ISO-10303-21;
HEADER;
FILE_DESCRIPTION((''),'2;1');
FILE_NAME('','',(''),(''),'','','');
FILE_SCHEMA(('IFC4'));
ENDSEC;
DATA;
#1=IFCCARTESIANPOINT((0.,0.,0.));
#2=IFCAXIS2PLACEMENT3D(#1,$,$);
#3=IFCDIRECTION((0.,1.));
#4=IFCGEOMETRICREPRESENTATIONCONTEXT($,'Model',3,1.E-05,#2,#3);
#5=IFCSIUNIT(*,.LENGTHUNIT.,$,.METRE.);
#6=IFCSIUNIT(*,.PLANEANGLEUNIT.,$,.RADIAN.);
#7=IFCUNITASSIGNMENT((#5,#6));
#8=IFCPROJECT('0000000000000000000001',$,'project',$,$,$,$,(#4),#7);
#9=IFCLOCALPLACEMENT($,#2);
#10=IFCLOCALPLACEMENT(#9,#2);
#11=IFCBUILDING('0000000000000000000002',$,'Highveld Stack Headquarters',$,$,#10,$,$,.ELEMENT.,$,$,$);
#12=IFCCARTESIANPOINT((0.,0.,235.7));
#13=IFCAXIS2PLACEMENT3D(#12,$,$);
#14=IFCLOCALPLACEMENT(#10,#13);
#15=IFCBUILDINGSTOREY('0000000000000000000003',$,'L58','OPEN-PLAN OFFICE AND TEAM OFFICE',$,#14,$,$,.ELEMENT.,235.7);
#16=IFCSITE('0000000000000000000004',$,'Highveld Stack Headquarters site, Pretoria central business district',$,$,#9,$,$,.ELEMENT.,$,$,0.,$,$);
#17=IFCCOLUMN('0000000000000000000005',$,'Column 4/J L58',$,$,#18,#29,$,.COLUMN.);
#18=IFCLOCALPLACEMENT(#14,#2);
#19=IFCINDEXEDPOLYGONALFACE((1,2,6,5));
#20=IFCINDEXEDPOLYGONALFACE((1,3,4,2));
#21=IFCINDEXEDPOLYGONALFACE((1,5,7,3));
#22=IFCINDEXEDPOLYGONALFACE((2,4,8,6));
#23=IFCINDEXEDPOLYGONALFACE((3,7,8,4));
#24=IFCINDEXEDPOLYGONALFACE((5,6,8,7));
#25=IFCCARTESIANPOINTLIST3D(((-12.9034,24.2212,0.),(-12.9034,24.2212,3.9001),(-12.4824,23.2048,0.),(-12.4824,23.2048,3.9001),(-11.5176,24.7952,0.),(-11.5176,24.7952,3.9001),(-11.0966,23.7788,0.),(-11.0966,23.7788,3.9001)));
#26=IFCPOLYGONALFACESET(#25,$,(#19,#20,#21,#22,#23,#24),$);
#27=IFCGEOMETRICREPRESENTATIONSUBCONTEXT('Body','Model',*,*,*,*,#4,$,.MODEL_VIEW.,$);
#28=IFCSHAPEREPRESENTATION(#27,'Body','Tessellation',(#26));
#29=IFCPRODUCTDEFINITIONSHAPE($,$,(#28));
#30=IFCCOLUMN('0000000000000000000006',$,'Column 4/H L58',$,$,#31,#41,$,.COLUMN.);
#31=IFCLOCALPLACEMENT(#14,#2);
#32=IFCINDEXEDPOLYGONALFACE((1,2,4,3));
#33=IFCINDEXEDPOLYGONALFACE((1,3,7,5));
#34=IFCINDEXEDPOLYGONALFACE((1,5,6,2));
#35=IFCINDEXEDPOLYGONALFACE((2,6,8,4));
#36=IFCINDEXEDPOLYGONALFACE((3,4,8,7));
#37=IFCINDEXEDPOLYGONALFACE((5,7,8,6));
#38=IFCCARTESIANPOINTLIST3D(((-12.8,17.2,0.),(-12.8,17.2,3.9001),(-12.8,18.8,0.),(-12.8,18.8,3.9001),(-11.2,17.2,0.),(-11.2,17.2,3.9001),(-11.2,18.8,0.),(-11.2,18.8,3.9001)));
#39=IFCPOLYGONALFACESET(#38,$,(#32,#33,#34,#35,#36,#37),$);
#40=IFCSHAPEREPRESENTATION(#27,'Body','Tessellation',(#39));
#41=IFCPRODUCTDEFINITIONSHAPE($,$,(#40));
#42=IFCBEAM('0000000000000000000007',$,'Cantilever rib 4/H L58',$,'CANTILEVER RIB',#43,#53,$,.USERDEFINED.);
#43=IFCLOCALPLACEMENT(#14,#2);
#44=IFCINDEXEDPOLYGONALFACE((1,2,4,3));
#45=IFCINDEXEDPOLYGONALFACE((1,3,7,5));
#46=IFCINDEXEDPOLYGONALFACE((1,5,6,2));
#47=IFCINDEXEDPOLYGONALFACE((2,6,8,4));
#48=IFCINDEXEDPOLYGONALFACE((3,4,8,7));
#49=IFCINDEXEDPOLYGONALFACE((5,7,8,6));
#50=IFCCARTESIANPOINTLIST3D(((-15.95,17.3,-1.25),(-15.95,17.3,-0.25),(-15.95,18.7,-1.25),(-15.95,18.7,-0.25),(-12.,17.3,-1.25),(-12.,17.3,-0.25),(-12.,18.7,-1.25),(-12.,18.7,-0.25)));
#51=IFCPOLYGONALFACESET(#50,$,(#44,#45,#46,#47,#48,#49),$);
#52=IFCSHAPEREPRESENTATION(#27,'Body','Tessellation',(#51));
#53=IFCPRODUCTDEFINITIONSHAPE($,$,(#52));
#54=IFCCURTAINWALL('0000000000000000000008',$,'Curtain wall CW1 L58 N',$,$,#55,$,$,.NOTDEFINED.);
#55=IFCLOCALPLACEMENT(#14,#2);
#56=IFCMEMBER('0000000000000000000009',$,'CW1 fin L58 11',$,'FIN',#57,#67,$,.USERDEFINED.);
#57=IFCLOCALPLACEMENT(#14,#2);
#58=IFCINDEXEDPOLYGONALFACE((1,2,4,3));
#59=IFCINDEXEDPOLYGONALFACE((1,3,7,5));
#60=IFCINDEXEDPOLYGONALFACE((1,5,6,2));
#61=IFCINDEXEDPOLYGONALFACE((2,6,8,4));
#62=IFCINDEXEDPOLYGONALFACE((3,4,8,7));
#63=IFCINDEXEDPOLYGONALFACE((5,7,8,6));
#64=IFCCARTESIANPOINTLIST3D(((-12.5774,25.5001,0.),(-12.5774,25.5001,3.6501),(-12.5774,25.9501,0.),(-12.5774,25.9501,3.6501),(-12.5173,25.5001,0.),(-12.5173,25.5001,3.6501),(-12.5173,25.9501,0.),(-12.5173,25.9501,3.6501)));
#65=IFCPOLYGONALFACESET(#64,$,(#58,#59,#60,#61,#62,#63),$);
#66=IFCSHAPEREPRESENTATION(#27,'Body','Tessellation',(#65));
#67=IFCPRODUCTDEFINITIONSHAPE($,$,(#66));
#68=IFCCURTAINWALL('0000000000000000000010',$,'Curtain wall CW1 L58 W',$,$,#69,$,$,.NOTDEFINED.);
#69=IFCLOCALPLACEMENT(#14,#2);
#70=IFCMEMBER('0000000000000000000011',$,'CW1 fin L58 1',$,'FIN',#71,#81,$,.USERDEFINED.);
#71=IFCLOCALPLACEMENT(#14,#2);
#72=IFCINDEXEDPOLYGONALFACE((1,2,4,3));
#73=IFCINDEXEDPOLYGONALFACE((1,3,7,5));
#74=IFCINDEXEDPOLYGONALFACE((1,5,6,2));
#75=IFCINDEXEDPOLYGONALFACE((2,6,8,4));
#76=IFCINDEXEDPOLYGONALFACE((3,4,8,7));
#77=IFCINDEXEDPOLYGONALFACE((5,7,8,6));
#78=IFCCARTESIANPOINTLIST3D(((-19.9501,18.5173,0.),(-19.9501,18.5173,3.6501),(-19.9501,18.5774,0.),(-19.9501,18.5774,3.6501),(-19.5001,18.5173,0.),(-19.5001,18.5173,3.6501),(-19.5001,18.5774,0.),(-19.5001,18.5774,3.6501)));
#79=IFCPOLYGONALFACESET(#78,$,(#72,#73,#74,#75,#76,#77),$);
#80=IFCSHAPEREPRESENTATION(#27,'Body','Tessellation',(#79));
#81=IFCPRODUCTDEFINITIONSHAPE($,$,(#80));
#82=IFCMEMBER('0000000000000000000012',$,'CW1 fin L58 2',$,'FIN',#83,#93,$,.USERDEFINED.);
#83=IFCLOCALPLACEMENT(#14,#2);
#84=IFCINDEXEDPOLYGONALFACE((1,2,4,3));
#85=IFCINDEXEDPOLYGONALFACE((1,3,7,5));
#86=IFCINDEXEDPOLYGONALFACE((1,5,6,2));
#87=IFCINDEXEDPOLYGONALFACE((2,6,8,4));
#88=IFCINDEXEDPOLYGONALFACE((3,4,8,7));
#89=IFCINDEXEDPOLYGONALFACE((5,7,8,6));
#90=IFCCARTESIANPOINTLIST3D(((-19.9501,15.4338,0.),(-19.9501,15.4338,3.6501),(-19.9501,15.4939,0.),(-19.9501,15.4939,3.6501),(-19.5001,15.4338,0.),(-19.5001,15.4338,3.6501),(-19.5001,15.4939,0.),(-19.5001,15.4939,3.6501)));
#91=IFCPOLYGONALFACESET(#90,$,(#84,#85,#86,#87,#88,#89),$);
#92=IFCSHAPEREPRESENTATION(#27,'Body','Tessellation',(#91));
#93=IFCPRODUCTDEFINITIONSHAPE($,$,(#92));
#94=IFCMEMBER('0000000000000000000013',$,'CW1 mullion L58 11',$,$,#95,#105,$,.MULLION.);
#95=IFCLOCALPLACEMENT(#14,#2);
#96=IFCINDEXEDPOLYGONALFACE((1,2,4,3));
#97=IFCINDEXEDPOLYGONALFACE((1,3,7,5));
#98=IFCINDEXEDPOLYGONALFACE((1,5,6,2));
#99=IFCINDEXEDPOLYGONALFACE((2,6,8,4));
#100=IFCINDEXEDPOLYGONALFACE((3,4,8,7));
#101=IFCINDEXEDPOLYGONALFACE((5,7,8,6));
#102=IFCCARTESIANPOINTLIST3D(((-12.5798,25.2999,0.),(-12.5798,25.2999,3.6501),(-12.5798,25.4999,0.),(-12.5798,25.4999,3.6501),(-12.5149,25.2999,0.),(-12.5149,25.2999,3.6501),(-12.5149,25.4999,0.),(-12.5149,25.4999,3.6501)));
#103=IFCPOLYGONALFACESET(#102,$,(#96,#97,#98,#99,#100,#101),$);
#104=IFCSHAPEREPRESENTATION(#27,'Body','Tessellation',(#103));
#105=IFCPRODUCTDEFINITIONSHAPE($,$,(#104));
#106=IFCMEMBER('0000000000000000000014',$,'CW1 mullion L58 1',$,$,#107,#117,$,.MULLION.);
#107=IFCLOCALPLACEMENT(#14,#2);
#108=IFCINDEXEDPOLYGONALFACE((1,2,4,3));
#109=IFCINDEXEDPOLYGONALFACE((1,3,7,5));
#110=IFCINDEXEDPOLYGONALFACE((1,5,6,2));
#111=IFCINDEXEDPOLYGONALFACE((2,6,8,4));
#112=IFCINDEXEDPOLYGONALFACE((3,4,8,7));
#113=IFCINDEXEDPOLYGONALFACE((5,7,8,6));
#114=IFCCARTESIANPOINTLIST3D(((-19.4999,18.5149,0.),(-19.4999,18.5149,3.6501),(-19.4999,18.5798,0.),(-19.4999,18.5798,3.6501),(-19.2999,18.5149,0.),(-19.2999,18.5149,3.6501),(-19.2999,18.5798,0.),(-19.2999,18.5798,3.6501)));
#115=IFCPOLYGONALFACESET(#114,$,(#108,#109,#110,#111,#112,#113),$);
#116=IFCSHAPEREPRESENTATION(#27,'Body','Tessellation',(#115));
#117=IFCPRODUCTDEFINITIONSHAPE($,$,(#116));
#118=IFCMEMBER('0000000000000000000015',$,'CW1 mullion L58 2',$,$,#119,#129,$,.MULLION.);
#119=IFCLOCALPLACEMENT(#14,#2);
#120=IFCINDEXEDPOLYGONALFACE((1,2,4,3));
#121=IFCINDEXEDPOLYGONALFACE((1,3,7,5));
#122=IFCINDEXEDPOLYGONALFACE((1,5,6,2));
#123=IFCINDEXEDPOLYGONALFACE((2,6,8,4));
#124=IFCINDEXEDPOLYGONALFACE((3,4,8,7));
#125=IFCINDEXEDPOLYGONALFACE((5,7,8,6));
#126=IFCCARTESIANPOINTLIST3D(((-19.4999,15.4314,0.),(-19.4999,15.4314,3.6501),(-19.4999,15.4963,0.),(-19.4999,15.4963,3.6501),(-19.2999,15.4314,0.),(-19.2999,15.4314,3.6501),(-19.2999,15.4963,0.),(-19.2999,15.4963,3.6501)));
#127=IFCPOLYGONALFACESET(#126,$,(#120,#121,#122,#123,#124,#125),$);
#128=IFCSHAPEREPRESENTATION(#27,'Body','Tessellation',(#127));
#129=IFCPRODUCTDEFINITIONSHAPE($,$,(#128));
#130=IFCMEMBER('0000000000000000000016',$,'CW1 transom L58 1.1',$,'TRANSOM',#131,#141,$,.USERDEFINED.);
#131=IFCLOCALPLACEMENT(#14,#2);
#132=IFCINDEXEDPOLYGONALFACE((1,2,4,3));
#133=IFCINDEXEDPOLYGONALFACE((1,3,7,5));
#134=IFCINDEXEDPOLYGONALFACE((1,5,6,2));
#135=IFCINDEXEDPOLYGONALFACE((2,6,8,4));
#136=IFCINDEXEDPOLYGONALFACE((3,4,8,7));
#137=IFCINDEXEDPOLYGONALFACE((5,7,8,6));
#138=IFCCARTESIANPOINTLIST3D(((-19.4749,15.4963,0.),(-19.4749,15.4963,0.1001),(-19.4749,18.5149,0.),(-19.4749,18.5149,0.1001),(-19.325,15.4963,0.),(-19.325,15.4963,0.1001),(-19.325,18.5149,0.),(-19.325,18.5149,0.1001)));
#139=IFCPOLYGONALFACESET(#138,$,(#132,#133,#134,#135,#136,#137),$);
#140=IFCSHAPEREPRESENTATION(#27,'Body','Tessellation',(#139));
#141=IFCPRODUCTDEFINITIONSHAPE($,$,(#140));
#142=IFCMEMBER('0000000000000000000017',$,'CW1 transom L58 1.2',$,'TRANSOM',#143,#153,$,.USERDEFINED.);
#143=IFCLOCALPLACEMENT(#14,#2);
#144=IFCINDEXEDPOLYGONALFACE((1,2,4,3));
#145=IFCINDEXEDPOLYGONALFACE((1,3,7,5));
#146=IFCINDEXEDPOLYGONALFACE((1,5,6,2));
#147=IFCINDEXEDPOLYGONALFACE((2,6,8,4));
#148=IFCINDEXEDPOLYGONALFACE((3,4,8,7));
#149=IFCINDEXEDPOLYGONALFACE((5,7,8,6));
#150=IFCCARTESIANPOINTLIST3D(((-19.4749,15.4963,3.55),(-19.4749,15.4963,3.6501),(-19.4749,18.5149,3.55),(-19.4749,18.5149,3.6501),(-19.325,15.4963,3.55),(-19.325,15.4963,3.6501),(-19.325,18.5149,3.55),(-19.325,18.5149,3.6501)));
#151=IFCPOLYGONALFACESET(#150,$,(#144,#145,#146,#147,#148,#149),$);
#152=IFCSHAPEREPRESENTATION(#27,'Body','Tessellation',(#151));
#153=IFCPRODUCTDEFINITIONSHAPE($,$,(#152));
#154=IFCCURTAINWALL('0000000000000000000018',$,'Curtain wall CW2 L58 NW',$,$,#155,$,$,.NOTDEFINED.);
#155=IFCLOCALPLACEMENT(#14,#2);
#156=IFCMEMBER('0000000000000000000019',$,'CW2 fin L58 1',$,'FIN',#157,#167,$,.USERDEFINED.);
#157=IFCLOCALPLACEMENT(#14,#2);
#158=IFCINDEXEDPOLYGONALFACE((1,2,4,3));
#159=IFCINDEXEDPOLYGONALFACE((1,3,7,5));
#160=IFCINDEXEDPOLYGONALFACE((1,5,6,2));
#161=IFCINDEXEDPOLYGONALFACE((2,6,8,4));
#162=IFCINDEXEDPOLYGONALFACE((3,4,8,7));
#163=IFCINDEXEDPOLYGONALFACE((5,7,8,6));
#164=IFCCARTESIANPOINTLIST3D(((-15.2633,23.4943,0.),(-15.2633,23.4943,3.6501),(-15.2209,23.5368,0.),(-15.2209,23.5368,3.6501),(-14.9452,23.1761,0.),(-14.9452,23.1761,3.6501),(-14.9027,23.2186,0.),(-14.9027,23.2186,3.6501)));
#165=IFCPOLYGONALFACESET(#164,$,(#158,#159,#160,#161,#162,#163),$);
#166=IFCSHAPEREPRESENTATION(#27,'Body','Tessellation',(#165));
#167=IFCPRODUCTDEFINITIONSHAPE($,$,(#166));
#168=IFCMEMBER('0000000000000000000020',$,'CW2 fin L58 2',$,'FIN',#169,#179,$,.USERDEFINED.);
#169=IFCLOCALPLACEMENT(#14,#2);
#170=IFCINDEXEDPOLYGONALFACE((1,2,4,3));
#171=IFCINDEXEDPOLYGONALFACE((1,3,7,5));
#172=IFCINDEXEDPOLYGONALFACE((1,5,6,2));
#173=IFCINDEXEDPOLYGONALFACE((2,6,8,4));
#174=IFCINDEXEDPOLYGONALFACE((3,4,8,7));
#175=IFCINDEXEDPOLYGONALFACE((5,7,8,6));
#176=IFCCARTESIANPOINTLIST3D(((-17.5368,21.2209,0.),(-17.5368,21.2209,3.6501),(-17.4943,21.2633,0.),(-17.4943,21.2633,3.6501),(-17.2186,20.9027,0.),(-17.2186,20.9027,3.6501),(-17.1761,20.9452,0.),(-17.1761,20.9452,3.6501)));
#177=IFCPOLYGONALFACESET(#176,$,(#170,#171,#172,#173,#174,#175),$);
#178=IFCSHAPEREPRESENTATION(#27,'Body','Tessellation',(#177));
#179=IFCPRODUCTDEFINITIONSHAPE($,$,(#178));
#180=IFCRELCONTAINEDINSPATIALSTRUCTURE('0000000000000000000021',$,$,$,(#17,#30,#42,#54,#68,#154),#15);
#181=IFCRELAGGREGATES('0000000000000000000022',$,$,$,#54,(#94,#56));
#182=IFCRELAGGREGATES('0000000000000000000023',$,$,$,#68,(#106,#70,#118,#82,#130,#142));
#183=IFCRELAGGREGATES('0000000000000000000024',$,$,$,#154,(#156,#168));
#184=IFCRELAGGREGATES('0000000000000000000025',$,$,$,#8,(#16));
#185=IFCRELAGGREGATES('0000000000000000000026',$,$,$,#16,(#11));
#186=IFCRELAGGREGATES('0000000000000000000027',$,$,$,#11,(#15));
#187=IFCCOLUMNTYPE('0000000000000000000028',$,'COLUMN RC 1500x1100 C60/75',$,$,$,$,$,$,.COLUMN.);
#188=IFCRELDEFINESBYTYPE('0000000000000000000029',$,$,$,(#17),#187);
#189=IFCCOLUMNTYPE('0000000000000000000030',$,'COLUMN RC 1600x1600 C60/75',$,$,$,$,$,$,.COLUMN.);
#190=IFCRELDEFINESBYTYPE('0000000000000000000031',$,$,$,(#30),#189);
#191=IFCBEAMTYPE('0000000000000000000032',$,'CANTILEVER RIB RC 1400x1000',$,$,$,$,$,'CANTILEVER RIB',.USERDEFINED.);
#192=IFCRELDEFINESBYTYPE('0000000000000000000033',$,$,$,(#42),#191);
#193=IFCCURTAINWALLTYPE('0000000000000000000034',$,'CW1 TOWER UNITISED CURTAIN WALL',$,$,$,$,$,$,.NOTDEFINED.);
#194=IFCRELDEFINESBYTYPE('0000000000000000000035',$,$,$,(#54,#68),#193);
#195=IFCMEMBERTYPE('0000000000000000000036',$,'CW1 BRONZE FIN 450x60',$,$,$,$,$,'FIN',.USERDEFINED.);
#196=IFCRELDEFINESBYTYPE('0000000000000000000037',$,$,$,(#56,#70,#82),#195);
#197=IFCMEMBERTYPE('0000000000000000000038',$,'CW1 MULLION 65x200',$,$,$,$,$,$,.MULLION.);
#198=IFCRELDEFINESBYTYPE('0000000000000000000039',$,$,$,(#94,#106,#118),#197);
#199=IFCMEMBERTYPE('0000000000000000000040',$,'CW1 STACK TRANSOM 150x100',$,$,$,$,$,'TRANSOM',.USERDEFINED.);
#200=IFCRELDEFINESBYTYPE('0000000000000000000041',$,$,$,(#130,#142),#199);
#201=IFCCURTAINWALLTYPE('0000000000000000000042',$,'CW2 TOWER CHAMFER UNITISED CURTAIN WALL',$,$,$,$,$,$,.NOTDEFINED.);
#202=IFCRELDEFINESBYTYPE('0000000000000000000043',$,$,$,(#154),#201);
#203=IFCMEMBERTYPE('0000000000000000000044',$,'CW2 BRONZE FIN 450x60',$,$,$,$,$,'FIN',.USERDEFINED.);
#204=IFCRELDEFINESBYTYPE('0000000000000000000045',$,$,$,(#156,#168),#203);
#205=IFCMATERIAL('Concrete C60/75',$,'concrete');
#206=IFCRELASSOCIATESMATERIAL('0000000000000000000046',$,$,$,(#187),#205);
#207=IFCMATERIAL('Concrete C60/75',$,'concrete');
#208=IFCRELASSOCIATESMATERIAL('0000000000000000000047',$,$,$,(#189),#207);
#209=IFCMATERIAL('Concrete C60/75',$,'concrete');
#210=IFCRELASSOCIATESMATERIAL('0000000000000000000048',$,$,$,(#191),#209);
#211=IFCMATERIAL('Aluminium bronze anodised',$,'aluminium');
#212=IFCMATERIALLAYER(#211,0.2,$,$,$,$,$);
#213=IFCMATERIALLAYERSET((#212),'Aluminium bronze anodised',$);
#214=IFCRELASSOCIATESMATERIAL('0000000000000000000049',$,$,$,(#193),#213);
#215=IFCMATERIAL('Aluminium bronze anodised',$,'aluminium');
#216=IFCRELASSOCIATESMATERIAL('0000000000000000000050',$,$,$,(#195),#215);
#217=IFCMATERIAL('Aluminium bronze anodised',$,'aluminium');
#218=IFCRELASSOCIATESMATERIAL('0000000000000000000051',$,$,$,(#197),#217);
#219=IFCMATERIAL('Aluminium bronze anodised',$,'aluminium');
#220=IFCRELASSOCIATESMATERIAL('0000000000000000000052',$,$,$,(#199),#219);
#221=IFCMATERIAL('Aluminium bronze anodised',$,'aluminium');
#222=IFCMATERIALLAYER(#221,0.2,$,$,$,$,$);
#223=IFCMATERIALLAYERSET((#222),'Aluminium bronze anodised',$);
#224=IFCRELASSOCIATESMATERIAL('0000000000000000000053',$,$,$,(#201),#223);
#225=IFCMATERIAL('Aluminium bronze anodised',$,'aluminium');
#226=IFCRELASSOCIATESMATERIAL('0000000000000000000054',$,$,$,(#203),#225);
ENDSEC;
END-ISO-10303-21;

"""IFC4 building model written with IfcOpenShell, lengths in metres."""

from ifc_helpers import new_model, si_unit, direction, frame, origin, origin_2d, place, context, subcontext, project, spatial, rectangle, extrude, material, layer, layer_set, material_profile, profile_set, type_object, element, aggregate, save


model = new_model("IFC4")

# Units and contexts
model_context = context("Model", 3, precision=1e-05, world=origin(), true_north=direction((0.0, 1.0)))
body_context = subcontext(model_context, "Body", "Model", "MODEL_VIEW")
ifc_project = project(units=[si_unit("LENGTHUNIT", "METRE"), si_unit("PLANEANGLEUNIT", "RADIAN")], contexts=[model_context])

# Site, building, storey
site_placement = place(None, origin())
site = spatial("IfcSite", under=ifc_project, at=site_placement, Name="Highveld Stack Headquarters site, Pretoria central business district", CompositionType="ELEMENT", RefElevation=0.0)
building_placement = place(site_placement, origin())
building = spatial("IfcBuilding", under=site, at=building_placement, Name="Highveld Stack Headquarters", CompositionType="ELEMENT")
storey_placement = place(building_placement, frame((0.0, 0.0, 235.7)))
storey = spatial("IfcBuildingStorey", under=building, at=storey_placement, Name="L58", Description="OPEN-PLAN OFFICE AND TEAM OFFICE", CompositionType="ELEMENT", Elevation=235.7)

# Columns
ifc_material_1 = material(Name="Concrete C60/75", Category="concrete")
ifc_material_profile_1 = material_profile(ifc_material_1, rectangle(XDim=1.5, YDim=1.1001, at=origin_2d()), Name="RC 1500x1100")
ifc_profile_set_1 = profile_set([ifc_material_profile_1], Name="Concrete C60/75")
column_type_1 = type_object("IfcColumnType", Name="COLUMN RC 1500x1100 C60/75", PredefinedType="COLUMN", material=ifc_profile_set_1)
column_1_placement = place(storey_placement, frame((-12.0, 24.0, 0.0), z_axis=(0.0, 0.0, 1.0), x_axis=(0.92388, 0.382683, 0.0)))
element("IfcColumn", 1, at=column_1_placement, inside=storey, type_object=column_type_1, Name="Column 4/J L58", PredefinedType="COLUMN", context=body_context, shape_type="SweptSolid", body=[
    extrude(rectangle(XDim=1.5, YDim=1.1001, at=origin_2d()), origin(), (0.0, 0.0, 1.0), 3.9001),
])
ifc_material_2 = material(Name="Concrete C60/75", Category="concrete")
ifc_material_profile_2 = material_profile(ifc_material_2, rectangle(XDim=1.6001, YDim=1.6001, at=origin_2d()), Name="RC 1600x1600")
ifc_profile_set_2 = profile_set([ifc_material_profile_2], Name="Concrete C60/75")
column_type_2 = type_object("IfcColumnType", Name="COLUMN RC 1600x1600 C60/75", PredefinedType="COLUMN", material=ifc_profile_set_2)
column_2_placement = place(storey_placement, frame((-12.0, 18.0, 0.0), z_axis=(0.0, 0.0, 1.0), x_axis=(1.0, 0.0, 0.0)))
element("IfcColumn", 2, at=column_2_placement, inside=storey, type_object=column_type_2, Name="Column 4/H L58", PredefinedType="COLUMN", context=body_context, shape_type="SweptSolid", body=[
    extrude(rectangle(XDim=1.6001, YDim=1.6001, at=origin_2d()), origin(), (0.0, 0.0, 1.0), 3.9001),
])

# Beam
ifc_material_3 = material(Name="Concrete C60/75", Category="concrete")
ifc_material_profile_3 = material_profile(ifc_material_3, rectangle(XDim=1.3999, YDim=1.0, at=origin_2d()), Name="RC 1400x1000")
ifc_profile_set_3 = profile_set([ifc_material_profile_3], Name="Concrete C60/75")
beam_type = type_object("IfcBeamType", Name="CANTILEVER RIB RC 1400x1000", ElementType="CANTILEVER RIB", PredefinedType="USERDEFINED", material=ifc_profile_set_3)
beam_placement = place(storey_placement, frame((-12.0, 18.0, -0.75), z_axis=(-1.0, 0.0, 0.0), x_axis=(0.0, -1.0, 0.0)))
element("IfcBeam", 3, at=beam_placement, inside=storey, type_object=beam_type, Name="Cantilever rib 4/H L58", ObjectType="CANTILEVER RIB", PredefinedType="USERDEFINED", context=body_context, shape_type="SweptSolid", body=[
    extrude(rectangle(XDim=1.3999, YDim=1.0, at=origin_2d()), origin(), (0.0, 0.0, 1.0), 3.95),
])

# Curtain wall, member
ifc_material_4 = material(Name="Aluminium bronze anodised", Category="aluminium")
ifc_layer_1 = layer(ifc_material_4, 0.2)
ifc_layer_set_1 = layer_set([ifc_layer_1], Name="Aluminium bronze anodised")
curtain_wall_type_1 = type_object("IfcCurtainWallType", Name="CW1 TOWER UNITISED CURTAIN WALL", PredefinedType="NOTDEFINED", material=ifc_layer_set_1)
curtain_wall_1_placement = place(storey_placement, origin())
curtain_wall_1 = element("IfcCurtainWall", 4, at=curtain_wall_1_placement, inside=storey, type_object=curtain_wall_type_1, Name="Curtain wall CW1 L58 N", PredefinedType="NOTDEFINED")
ifc_material_5 = material(Name="Aluminium bronze anodised", Category="aluminium")
ifc_material_profile_4 = material_profile(ifc_material_5, rectangle(XDim=0.45, YDim=0.0601, at=origin_2d()), Name="FIN 450x60")
ifc_profile_set_4 = profile_set([ifc_material_profile_4], Name="Aluminium bronze anodised")
member_type_1 = type_object("IfcMemberType", Name="CW1 BRONZE FIN 450x60", ElementType="FIN", PredefinedType="USERDEFINED", material=ifc_profile_set_4)
member_1_placement = place(storey_placement, frame((-12.5474, 25.7251, 0.0), z_axis=(0.0, 0.0, 1.0), x_axis=(0.0, -1.0, 0.0)))
member_1 = element("IfcMember", 5, at=member_1_placement, type_object=member_type_1, Name="CW1 fin L58 11", ObjectType="FIN", PredefinedType="USERDEFINED", context=body_context, shape_type="SweptSolid", body=[
    extrude(rectangle(XDim=0.45, YDim=0.0601, at=origin_2d()), origin(), (0.0, 0.0, 1.0), 3.6501),
])

# Curtain wall, members
curtain_wall_2_placement = place(storey_placement, origin())
curtain_wall_2 = element("IfcCurtainWall", 6, at=curtain_wall_2_placement, inside=storey, type_object=curtain_wall_type_1, Name="Curtain wall CW1 L58 W", PredefinedType="NOTDEFINED")
member_2_placement = place(storey_placement, frame((-19.7251, 18.5474, 0.0), z_axis=(0.0, 0.0, 1.0), x_axis=(1.0, 0.0, 0.0)))
member_2 = element("IfcMember", 7, at=member_2_placement, type_object=member_type_1, Name="CW1 fin L58 1", ObjectType="FIN", PredefinedType="USERDEFINED", context=body_context, shape_type="SweptSolid", body=[
    extrude(rectangle(XDim=0.45, YDim=0.0601, at=origin_2d()), origin(), (0.0, 0.0, 1.0), 3.6501),
])
member_3_placement = place(storey_placement, frame((-19.7251, 15.4639, 0.0), z_axis=(0.0, 0.0, 1.0), x_axis=(1.0, 0.0, 0.0)))
member_3 = element("IfcMember", 8, at=member_3_placement, type_object=member_type_1, Name="CW1 fin L58 2", ObjectType="FIN", PredefinedType="USERDEFINED", context=body_context, shape_type="SweptSolid", body=[
    extrude(rectangle(XDim=0.45, YDim=0.0601, at=origin_2d()), origin(), (0.0, 0.0, 1.0), 3.6501),
])

# Members
ifc_material_6 = material(Name="Aluminium bronze anodised", Category="aluminium")
ifc_material_profile_5 = material_profile(ifc_material_6, rectangle(XDim=0.2, YDim=0.0649, at=origin_2d()), Name="CW1 MULLION 65x200")
ifc_profile_set_5 = profile_set([ifc_material_profile_5], Name="Aluminium bronze anodised")
member_type_2 = type_object("IfcMemberType", Name="CW1 MULLION 65x200", PredefinedType="MULLION", material=ifc_profile_set_5)
member_4_placement = place(storey_placement, frame((-12.5474, 25.3999, 0.0), z_axis=(0.0, 0.0, 1.0), x_axis=(0.0, -1.0, 0.0)))
member_4 = element("IfcMember", 9, at=member_4_placement, type_object=member_type_2, Name="CW1 mullion L58 11", PredefinedType="MULLION", context=body_context, shape_type="SweptSolid", body=[
    extrude(rectangle(XDim=0.2, YDim=0.0649, at=origin_2d()), origin(), (0.0, 0.0, 1.0), 3.6501),
])
aggregate(curtain_wall_1, [member_4, member_1])
member_5_placement = place(storey_placement, frame((-19.3999, 18.5474, 0.0), z_axis=(0.0, 0.0, 1.0), x_axis=(1.0, 0.0, 0.0)))
member_5 = element("IfcMember", 10, at=member_5_placement, type_object=member_type_2, Name="CW1 mullion L58 1", PredefinedType="MULLION", context=body_context, shape_type="SweptSolid", body=[
    extrude(rectangle(XDim=0.2, YDim=0.0649, at=origin_2d()), origin(), (0.0, 0.0, 1.0), 3.6501),
])
member_6_placement = place(storey_placement, frame((-19.3999, 15.4639, 0.0), z_axis=(0.0, 0.0, 1.0), x_axis=(1.0, 0.0, 0.0)))
member_6 = element("IfcMember", 11, at=member_6_placement, type_object=member_type_2, Name="CW1 mullion L58 2", PredefinedType="MULLION", context=body_context, shape_type="SweptSolid", body=[
    extrude(rectangle(XDim=0.2, YDim=0.0649, at=origin_2d()), origin(), (0.0, 0.0, 1.0), 3.6501),
])
ifc_material_7 = material(Name="Aluminium bronze anodised", Category="aluminium")
ifc_material_profile_6 = material_profile(ifc_material_7, rectangle(XDim=0.1499, YDim=0.1001, at=origin_2d()), Name="CW1 TRANSOM 150x100")
ifc_profile_set_6 = profile_set([ifc_material_profile_6], Name="Aluminium bronze anodised")
member_type_3 = type_object("IfcMemberType", Name="CW1 STACK TRANSOM 150x100", ElementType="TRANSOM", PredefinedType="USERDEFINED", material=ifc_profile_set_6)
member_7_placement = place(storey_placement, frame((-19.3999, 18.5149, 0.05), z_axis=(0.0, -1.0, 0.0), x_axis=(1.0, 0.0, 0.0)))
member_7 = element("IfcMember", 12, at=member_7_placement, type_object=member_type_3, Name="CW1 transom L58 1.1", ObjectType="TRANSOM", PredefinedType="USERDEFINED", context=body_context, shape_type="SweptSolid", body=[
    extrude(rectangle(XDim=0.1499, YDim=0.1001, at=origin_2d()), origin(), (0.0, 0.0, 1.0), 3.0186),
])
member_8_placement = place(storey_placement, frame((-19.3999, 18.5149, 3.6001), z_axis=(0.0, -1.0, 0.0), x_axis=(1.0, 0.0, 0.0)))
member_8 = element("IfcMember", 13, at=member_8_placement, type_object=member_type_3, Name="CW1 transom L58 1.2", ObjectType="TRANSOM", PredefinedType="USERDEFINED", context=body_context, shape_type="SweptSolid", body=[
    extrude(rectangle(XDim=0.1499, YDim=0.1001, at=origin_2d()), origin(), (0.0, 0.0, 1.0), 3.0186),
])

# Curtain wall, members
ifc_material_8 = material(Name="Aluminium bronze anodised", Category="aluminium")
ifc_layer_2 = layer(ifc_material_8, 0.2)
ifc_layer_set_2 = layer_set([ifc_layer_2], Name="Aluminium bronze anodised")
curtain_wall_type_2 = type_object("IfcCurtainWallType", Name="CW2 TOWER CHAMFER UNITISED CURTAIN WALL", PredefinedType="NOTDEFINED", material=ifc_layer_set_2)
curtain_wall_3_placement = place(storey_placement, origin())
curtain_wall_3 = element("IfcCurtainWall", 14, at=curtain_wall_3_placement, inside=storey, type_object=curtain_wall_type_2, Name="Curtain wall CW2 L58 NW", PredefinedType="NOTDEFINED")
ifc_material_9 = material(Name="Aluminium bronze anodised", Category="aluminium")
ifc_material_profile_7 = material_profile(ifc_material_9, rectangle(XDim=0.45, YDim=0.0601, at=origin_2d()), Name="FIN 450x60")
ifc_profile_set_7 = profile_set([ifc_material_profile_7], Name="Aluminium bronze anodised")
member_type_4 = type_object("IfcMemberType", Name="CW2 BRONZE FIN 450x60", ElementType="FIN", PredefinedType="USERDEFINED", material=ifc_profile_set_7)
member_9_placement = place(storey_placement, frame((-15.083, 23.3564, 0.0), z_axis=(0.0, 0.0, 1.0), x_axis=(0.707107, -0.707107, 0.0)))
member_9 = element("IfcMember", 15, at=member_9_placement, type_object=member_type_4, Name="CW2 fin L58 1", ObjectType="FIN", PredefinedType="USERDEFINED", context=body_context, shape_type="SweptSolid", body=[
    extrude(rectangle(XDim=0.45, YDim=0.0601, at=origin_2d()), origin(), (0.0, 0.0, 1.0), 3.6501),
])
member_10_placement = place(storey_placement, frame((-17.3564, 21.083, 0.0), z_axis=(0.0, 0.0, 1.0), x_axis=(0.707107, -0.707107, 0.0)))
member_10 = element("IfcMember", 16, at=member_10_placement, type_object=member_type_4, Name="CW2 fin L58 2", ObjectType="FIN", PredefinedType="USERDEFINED", context=body_context, shape_type="SweptSolid", body=[
    extrude(rectangle(XDim=0.45, YDim=0.0601, at=origin_2d()), origin(), (0.0, 0.0, 1.0), 3.6501),
])

aggregate(curtain_wall_2, [member_5, member_2, member_6, member_3, member_7, member_8])
aggregate(curtain_wall_3, [member_9, member_10])

save(model, "model.ifc")
